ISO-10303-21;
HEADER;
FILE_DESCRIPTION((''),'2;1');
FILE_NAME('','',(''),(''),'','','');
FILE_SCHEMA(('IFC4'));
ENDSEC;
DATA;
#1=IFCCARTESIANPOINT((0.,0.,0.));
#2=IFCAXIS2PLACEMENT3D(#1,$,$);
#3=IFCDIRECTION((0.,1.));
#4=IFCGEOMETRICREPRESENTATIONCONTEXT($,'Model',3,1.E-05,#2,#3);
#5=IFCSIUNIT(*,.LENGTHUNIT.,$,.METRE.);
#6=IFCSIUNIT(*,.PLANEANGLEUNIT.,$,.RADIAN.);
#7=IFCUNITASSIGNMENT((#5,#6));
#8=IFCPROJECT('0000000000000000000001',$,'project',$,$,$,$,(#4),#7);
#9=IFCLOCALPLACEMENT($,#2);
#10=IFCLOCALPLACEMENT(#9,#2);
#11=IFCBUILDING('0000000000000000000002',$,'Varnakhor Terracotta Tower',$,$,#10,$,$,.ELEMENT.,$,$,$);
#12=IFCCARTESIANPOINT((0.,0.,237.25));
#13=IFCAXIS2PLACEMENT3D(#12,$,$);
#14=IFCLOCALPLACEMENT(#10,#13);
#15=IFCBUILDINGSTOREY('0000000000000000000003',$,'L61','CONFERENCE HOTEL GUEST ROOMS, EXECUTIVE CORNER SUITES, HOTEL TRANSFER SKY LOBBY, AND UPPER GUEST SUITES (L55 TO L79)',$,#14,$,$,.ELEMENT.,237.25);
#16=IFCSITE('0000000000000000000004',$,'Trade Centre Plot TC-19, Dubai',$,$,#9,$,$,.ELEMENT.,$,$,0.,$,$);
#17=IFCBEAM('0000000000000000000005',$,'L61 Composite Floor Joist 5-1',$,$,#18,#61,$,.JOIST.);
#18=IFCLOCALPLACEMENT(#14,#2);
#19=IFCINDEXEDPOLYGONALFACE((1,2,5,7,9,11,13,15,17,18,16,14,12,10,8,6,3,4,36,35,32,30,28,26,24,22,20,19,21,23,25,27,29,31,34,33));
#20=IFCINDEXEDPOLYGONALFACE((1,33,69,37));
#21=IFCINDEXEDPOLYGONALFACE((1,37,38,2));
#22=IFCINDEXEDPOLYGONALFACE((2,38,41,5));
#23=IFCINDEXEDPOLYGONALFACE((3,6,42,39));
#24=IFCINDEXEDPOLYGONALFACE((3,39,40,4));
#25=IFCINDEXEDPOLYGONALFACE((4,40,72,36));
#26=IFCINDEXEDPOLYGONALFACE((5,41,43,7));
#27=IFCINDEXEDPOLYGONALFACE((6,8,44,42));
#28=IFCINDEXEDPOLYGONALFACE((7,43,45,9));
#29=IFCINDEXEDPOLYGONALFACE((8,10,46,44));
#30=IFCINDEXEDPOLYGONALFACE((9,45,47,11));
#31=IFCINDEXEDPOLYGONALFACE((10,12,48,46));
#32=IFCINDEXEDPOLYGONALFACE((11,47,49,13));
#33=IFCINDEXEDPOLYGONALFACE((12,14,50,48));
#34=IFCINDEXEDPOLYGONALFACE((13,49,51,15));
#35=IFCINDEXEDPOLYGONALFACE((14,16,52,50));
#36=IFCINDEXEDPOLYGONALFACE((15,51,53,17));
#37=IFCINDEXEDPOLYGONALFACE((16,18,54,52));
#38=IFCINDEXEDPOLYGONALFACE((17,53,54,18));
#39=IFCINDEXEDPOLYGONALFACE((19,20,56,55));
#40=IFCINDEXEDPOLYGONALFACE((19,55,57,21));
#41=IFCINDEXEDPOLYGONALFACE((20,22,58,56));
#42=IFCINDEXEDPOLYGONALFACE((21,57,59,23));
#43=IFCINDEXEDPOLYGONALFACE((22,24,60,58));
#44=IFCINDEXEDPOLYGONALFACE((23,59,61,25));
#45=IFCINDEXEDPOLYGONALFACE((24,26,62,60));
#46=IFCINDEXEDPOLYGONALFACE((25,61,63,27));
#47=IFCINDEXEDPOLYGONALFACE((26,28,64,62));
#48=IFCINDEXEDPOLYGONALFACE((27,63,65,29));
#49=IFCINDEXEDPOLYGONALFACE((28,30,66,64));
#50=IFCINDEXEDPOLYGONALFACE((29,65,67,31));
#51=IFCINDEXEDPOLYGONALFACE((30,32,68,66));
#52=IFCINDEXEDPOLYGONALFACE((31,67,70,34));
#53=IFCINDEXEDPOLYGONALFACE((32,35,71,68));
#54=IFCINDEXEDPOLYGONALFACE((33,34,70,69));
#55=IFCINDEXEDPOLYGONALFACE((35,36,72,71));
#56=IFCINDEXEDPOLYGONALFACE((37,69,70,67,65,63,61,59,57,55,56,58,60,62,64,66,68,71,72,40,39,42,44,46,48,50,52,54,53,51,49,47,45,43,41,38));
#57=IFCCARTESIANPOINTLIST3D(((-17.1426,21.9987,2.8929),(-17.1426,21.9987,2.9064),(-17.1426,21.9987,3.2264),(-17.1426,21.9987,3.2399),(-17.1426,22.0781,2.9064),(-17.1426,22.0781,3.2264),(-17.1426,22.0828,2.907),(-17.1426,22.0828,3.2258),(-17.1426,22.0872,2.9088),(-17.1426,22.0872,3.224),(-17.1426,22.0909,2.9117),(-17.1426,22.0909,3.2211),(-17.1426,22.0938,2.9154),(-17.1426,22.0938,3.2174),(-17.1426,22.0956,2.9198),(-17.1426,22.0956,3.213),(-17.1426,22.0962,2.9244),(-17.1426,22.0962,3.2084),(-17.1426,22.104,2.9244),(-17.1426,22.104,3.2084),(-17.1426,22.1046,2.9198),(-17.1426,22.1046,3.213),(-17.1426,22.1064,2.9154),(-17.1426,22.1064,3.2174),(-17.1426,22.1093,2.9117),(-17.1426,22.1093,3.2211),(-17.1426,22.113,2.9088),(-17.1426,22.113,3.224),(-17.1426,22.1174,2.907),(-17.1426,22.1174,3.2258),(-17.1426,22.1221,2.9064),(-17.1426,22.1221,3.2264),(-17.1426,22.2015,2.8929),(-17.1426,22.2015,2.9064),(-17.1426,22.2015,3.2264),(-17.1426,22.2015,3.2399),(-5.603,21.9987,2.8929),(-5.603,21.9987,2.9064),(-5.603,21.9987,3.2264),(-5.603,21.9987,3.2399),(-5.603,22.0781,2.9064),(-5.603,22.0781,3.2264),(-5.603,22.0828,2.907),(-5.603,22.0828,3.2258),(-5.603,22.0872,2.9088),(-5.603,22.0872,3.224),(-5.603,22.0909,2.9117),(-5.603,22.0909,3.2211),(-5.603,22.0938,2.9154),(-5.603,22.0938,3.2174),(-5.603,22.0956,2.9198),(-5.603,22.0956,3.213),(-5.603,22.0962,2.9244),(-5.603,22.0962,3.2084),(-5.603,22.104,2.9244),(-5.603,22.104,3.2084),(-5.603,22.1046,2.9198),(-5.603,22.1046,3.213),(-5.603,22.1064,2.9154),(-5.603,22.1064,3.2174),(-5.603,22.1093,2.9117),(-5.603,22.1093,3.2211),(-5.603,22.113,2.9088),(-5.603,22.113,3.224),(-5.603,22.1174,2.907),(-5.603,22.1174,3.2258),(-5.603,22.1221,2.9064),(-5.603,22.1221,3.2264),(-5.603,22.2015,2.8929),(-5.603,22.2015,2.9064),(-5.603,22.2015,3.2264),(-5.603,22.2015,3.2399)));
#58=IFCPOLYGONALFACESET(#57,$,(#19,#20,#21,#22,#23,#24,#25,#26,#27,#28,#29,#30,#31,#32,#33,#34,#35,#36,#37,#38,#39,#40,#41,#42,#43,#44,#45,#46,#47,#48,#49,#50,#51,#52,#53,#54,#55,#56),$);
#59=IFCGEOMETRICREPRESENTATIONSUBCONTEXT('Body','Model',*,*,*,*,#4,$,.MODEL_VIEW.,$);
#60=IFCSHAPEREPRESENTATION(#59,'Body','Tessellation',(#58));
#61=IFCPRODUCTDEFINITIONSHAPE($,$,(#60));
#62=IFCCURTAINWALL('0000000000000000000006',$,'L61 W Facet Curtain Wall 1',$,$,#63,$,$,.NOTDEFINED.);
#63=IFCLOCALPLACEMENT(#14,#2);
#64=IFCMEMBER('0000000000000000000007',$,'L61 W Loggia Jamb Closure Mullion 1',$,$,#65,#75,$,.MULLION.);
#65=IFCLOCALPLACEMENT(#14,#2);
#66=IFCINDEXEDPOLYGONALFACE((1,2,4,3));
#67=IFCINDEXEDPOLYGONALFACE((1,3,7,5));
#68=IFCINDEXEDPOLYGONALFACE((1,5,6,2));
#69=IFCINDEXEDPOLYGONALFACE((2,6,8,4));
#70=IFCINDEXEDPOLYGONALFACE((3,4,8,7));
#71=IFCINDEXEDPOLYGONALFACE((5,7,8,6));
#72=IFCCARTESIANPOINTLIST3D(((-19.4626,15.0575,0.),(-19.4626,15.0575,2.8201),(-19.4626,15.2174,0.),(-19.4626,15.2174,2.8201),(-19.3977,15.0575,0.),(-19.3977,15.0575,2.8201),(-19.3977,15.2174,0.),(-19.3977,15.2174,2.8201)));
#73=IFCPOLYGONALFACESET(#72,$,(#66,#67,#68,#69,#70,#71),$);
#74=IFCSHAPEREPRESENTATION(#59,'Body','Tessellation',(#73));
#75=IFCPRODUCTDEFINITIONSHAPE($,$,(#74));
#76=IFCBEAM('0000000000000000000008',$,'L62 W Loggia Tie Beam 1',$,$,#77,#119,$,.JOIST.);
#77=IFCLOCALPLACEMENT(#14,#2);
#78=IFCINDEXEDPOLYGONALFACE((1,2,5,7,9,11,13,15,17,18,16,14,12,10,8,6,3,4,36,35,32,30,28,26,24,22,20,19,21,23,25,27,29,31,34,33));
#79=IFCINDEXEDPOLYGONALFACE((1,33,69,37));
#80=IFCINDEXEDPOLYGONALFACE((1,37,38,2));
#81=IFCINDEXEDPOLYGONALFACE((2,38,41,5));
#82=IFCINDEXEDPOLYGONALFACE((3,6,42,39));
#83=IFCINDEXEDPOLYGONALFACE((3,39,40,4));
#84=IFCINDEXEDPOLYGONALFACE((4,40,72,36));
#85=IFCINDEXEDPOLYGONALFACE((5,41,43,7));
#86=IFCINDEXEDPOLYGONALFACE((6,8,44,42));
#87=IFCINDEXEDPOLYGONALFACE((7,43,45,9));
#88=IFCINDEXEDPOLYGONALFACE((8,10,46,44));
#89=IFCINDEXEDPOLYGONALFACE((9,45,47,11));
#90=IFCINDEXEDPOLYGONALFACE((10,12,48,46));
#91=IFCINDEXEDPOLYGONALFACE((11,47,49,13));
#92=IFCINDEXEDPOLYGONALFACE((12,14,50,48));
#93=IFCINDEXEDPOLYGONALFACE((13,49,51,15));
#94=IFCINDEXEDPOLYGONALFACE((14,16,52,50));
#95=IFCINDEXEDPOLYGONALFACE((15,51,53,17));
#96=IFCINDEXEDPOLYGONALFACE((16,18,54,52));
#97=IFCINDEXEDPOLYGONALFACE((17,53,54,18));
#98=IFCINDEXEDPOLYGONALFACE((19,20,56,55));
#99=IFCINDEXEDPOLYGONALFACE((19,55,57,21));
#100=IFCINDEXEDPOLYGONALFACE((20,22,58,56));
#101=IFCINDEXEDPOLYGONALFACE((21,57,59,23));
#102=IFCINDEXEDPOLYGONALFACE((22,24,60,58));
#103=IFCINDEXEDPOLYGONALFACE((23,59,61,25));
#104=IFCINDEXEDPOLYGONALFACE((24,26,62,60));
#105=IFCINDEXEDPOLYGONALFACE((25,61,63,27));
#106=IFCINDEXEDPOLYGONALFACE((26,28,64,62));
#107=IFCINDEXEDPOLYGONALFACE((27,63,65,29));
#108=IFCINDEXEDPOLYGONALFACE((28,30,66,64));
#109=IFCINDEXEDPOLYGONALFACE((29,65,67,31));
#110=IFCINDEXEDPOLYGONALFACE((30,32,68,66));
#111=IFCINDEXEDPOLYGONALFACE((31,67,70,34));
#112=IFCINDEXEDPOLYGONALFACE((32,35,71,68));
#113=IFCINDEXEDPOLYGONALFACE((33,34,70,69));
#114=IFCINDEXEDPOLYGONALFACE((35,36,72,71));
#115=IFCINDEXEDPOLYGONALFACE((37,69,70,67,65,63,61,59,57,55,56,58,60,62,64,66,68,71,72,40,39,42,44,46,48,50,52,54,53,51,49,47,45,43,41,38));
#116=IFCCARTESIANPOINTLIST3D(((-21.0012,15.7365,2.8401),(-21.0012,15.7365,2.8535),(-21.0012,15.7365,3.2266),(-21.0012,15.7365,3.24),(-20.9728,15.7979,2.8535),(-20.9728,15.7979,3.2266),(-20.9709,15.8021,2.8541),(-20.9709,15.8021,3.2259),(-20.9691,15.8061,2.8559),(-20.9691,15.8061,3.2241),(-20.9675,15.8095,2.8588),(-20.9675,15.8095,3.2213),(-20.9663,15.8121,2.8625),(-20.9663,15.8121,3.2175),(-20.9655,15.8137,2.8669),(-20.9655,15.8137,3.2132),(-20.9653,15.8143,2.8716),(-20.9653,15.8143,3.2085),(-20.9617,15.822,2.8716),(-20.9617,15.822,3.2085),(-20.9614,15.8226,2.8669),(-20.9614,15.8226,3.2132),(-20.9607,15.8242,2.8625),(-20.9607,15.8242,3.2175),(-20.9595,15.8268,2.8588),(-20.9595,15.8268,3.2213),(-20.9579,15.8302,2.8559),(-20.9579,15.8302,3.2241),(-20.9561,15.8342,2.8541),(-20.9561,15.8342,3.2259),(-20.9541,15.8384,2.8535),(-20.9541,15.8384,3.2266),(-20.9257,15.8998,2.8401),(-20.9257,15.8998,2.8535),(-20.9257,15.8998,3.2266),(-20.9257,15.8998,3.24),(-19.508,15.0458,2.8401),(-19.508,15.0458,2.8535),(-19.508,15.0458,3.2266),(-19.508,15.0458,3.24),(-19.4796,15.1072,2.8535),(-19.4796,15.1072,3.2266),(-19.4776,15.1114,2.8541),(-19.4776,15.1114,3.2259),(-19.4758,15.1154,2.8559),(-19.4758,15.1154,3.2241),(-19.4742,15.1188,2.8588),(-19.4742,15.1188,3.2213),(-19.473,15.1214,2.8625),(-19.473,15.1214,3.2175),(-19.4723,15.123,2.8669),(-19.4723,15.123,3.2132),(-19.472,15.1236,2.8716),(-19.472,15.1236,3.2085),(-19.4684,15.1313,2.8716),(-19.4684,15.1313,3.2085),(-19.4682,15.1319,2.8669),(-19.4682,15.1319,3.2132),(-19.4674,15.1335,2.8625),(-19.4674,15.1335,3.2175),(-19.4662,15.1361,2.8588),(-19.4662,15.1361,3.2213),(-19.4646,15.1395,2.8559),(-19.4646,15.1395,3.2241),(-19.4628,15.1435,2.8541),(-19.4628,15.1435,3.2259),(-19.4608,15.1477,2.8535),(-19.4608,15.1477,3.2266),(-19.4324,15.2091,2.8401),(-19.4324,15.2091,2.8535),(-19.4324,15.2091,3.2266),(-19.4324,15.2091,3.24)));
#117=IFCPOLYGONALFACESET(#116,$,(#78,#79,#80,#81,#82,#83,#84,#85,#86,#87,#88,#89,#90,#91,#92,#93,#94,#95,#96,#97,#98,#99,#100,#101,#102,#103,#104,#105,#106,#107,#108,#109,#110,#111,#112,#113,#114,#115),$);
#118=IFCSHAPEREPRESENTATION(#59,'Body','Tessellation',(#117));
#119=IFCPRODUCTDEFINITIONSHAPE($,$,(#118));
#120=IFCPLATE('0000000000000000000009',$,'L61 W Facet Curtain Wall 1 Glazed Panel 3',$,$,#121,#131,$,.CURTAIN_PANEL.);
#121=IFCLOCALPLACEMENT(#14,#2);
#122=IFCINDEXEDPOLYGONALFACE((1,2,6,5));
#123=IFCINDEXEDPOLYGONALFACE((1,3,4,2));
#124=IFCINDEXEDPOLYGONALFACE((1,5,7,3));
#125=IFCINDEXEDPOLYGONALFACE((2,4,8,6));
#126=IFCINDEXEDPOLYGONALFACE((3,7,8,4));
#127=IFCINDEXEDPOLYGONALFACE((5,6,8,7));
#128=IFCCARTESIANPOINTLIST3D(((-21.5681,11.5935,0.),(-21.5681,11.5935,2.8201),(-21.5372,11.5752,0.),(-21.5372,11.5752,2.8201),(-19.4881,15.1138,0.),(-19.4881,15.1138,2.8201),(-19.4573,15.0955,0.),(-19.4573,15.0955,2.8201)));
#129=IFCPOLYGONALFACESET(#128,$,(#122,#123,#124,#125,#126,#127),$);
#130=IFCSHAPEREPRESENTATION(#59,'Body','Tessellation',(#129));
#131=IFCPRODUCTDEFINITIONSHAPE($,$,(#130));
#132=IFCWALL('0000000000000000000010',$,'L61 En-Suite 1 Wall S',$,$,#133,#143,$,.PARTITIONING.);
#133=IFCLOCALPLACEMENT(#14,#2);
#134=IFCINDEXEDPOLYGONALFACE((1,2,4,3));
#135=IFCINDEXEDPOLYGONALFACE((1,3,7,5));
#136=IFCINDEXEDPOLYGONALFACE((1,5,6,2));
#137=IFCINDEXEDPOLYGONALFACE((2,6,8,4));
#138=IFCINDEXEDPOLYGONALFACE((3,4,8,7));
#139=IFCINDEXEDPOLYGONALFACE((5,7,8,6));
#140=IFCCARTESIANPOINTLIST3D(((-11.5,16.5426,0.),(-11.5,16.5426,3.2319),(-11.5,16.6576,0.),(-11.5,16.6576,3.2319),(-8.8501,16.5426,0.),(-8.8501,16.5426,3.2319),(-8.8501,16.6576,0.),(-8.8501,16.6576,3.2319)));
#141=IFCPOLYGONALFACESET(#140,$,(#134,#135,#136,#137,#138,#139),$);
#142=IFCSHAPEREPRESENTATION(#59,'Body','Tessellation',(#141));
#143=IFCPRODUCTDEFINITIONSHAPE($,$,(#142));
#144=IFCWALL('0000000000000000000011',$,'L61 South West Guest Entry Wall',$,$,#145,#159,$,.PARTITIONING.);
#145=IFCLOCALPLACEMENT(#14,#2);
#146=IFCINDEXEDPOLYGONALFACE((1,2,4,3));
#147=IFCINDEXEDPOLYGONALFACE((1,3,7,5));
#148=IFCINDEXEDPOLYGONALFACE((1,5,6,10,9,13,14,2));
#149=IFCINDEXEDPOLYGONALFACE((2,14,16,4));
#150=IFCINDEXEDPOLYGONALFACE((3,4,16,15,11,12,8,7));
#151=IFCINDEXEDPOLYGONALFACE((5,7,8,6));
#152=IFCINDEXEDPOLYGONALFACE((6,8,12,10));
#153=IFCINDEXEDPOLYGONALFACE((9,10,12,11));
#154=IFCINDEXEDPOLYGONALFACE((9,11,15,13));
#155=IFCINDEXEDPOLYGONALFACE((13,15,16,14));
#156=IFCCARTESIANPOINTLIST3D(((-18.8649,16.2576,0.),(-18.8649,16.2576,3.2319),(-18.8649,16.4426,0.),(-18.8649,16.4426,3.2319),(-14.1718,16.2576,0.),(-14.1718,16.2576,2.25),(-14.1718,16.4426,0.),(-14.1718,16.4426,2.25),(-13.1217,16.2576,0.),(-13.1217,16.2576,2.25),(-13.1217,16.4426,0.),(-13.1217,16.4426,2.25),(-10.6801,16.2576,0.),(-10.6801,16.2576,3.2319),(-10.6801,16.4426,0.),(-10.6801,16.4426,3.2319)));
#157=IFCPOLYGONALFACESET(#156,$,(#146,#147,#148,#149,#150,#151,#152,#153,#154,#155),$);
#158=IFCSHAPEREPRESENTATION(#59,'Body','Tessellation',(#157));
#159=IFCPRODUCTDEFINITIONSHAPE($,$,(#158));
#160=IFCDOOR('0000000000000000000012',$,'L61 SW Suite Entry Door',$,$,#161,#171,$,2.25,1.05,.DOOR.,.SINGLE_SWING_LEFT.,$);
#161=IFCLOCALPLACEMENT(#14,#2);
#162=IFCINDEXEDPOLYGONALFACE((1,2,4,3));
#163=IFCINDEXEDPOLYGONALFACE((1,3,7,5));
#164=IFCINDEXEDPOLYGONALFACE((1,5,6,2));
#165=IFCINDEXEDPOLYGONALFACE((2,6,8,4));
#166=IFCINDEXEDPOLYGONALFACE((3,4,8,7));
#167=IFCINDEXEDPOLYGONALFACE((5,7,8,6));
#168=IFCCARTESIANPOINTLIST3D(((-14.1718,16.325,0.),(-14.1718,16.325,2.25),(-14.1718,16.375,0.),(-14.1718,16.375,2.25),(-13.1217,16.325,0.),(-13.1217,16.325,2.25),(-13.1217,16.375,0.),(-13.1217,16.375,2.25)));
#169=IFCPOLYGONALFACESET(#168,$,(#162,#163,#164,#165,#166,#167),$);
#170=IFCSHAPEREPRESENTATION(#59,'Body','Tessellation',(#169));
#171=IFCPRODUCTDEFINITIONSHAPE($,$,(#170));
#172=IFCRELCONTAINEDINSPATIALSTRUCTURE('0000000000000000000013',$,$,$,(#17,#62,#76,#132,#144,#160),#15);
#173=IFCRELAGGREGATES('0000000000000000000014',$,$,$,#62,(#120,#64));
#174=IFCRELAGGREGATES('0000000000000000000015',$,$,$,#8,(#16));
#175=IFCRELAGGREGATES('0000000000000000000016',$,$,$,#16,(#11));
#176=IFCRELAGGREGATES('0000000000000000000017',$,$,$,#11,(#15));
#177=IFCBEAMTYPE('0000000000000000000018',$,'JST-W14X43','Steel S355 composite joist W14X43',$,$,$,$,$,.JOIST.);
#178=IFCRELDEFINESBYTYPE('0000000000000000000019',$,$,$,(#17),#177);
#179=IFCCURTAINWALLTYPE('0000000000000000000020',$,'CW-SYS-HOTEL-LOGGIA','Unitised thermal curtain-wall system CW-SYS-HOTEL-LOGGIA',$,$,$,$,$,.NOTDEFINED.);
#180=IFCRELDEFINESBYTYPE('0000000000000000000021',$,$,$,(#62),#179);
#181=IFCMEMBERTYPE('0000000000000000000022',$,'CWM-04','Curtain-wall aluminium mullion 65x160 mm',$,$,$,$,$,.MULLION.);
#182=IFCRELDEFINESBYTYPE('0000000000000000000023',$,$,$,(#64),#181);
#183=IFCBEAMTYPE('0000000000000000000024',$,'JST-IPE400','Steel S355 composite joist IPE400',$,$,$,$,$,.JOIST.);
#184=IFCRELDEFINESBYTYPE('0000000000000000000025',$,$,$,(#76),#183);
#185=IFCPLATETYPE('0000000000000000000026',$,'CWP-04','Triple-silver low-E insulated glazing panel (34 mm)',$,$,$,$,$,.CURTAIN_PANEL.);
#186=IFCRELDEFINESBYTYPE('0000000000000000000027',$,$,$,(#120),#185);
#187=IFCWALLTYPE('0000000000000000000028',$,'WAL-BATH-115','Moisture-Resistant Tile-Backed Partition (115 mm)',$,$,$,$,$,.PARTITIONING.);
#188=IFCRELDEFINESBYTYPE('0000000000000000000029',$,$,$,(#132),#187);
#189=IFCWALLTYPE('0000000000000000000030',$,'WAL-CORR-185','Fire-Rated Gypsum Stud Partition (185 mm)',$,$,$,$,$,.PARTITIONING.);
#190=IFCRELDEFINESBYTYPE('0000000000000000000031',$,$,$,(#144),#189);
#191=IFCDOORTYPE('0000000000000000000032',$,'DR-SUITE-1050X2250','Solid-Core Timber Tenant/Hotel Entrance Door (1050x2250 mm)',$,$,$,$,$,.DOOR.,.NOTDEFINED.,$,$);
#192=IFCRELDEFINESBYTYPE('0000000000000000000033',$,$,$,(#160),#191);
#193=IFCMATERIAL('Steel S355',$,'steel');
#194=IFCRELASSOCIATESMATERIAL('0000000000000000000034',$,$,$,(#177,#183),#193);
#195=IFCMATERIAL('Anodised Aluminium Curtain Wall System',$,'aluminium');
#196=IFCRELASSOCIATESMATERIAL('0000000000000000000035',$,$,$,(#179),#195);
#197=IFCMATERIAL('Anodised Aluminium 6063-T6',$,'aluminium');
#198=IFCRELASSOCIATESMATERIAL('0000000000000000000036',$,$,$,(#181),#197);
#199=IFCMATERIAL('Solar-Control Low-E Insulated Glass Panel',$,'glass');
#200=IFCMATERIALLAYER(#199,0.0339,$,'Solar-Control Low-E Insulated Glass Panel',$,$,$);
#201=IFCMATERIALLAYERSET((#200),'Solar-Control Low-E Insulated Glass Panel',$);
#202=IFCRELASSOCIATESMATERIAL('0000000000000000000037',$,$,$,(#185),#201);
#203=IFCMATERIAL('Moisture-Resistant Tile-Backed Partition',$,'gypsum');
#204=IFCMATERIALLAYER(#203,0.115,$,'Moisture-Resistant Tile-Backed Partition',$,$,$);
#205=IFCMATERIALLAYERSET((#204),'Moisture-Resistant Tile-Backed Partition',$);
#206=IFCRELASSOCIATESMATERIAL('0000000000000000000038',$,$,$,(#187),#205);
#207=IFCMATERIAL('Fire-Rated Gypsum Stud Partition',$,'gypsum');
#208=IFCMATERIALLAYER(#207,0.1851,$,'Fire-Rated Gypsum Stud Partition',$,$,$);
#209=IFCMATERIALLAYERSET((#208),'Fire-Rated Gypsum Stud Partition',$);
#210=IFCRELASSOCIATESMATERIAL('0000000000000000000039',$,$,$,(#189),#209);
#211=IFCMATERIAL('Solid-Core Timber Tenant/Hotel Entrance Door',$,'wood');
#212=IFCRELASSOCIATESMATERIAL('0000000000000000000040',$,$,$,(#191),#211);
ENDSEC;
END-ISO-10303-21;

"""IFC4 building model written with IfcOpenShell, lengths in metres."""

from ifc_helpers import new_model, si_unit, direction, frame, frame_2d, origin, origin_2d, place, context, subcontext, project, spatial, rectangle, i_section, extrude, source, transform, mapped, material, layer, layer_set, material_profile, profile_set, type_object, type_shapes, element, fill, aggregate, save


model = new_model("IFC4")

# Units and contexts
model_context = context("Model", 3, precision=1e-05, world=origin(), true_north=direction((0.0, 1.0)))
body_context = subcontext(model_context, "Body", "Model", "MODEL_VIEW")
ifc_project = project(units=[si_unit("LENGTHUNIT", "METRE"), si_unit("PLANEANGLEUNIT", "RADIAN")], contexts=[model_context])

# Site, building, storey
site_placement = place(None, origin())
site = spatial("IfcSite", under=ifc_project, at=site_placement, Name="Trade Centre Plot TC-19, Dubai", CompositionType="ELEMENT", RefElevation=0.0)
building_placement = place(site_placement, origin())
building = spatial("IfcBuilding", under=site, at=building_placement, Name="Varnakhor Terracotta Tower", CompositionType="ELEMENT")
storey_placement = place(building_placement, frame((0.0, 0.0, 237.25)))
storey = spatial("IfcBuildingStorey", under=building, at=storey_placement, Name="L61", Description="CONFERENCE HOTEL GUEST ROOMS, EXECUTIVE CORNER SUITES, HOTEL TRANSFER SKY LOBBY, AND UPPER GUEST SUITES (L55 TO L79)", CompositionType="ELEMENT", Elevation=237.25)

# Beam
ifc_material_1 = material(Name="Steel S355", Category="steel")
ifc_material_profile_1 = material_profile(ifc_material_1, i_section(OverallWidth=0.2029, OverallDepth=0.3469, WebThickness=0.0078, FlangeThickness=0.0134, FilletRadius=0.0181, at=origin_2d()), Name="W14X43")
ifc_profile_set_1 = profile_set([ifc_material_profile_1], Name="Steel S355")
beam_type_1 = type_object("IfcBeamType", Name="JST-W14X43", Description="Steel S355 composite joist W14X43", PredefinedType="JOIST", material=ifc_profile_set_1)
shared_shape_1 = source(origin(), body_context, "Body", "SweptSolid", [
    extrude(i_section(OverallWidth=0.2029, OverallDepth=0.3469, WebThickness=0.0078, FlangeThickness=0.0134, FilletRadius=0.0181, at=origin_2d()), origin(), (0.0, 0.0, 1.0), 11.5396),
])
beam_1_placement = place(storey_placement, frame((-17.1426, 22.1001, 3.0664), z_axis=(1.0, 0.0, 0.0), x_axis=(0.0, 1.0, 0.0)))
element("IfcBeam", 1, at=beam_1_placement, inside=storey, type_object=beam_type_1, Name="L61 Composite Floor Joist 5-1", PredefinedType="JOIST", context=body_context, shape_type="MappedRepresentation", body=[
    mapped(shared_shape_1, transform((0.0, 0.0, 0.0), scale=1.0)),
])

# Curtain wall, member
ifc_material_2 = material(Name="Anodised Aluminium Curtain Wall System", Category="aluminium")
curtain_wall_type = type_object("IfcCurtainWallType", Name="CW-SYS-HOTEL-LOGGIA", Description="Unitised thermal curtain-wall system CW-SYS-HOTEL-LOGGIA", PredefinedType="NOTDEFINED", material=ifc_material_2)
curtain_wall_placement = place(storey_placement, origin())
curtain_wall = element("IfcCurtainWall", 2, at=curtain_wall_placement, inside=storey, type_object=curtain_wall_type, Name="L61 W Facet Curtain Wall 1", PredefinedType="NOTDEFINED")
ifc_material_3 = material(Name="Anodised Aluminium 6063-T6", Category="aluminium")
ifc_material_profile_2 = material_profile(ifc_material_3, rectangle(XDim=0.0649, YDim=0.1599, at=origin_2d()), Name="ALU MULLION 65x160")
ifc_profile_set_2 = profile_set([ifc_material_profile_2], Name="Anodised Aluminium 6063-T6")
member_type = type_object("IfcMemberType", Name="CWM-04", Description="Curtain-wall aluminium mullion 65x160 mm", PredefinedType="MULLION", material=ifc_profile_set_2)
shared_shape_2 = source(origin(), body_context, "Body", "SweptSolid", [
    extrude(rectangle(XDim=0.0649, YDim=0.1599, at=origin_2d()), origin(), (0.0, 0.0, 1.0), 2.8201),
])
type_shapes(member_type, [shared_shape_2])
member_placement = place(storey_placement, frame((-19.4302, 15.1375, 0.0), z_axis=(0.0, 0.0, 1.0), x_axis=(1.0, 0.0, 0.0)))
member = element("IfcMember", 3, at=member_placement, type_object=member_type, Name="L61 W Loggia Jamb Closure Mullion 1", PredefinedType="MULLION", context=body_context, shape_type="MappedRepresentation", body=[
    mapped(shared_shape_2, transform((0.0, 0.0, 0.0), scale=1.0)),
])

# Beam
ifc_material_profile_3 = material_profile(ifc_material_1, i_section(OverallWidth=0.1799, OverallDepth=0.3999, WebThickness=0.0085, FlangeThickness=0.0134, FilletRadius=0.0181, at=origin_2d()), Name="IPE400")
ifc_profile_set_3 = profile_set([ifc_material_profile_3], Name="Steel S355")
beam_type_2 = type_object("IfcBeamType", Name="JST-IPE400", Description="Steel S355 composite joist IPE400", PredefinedType="JOIST", material=ifc_profile_set_3)
shared_shape_3 = source(origin(), body_context, "Body", "SweptSolid", [
    extrude(i_section(OverallWidth=0.1799, OverallDepth=0.3999, WebThickness=0.0085, FlangeThickness=0.0134, FilletRadius=0.0181, at=origin_2d()), origin(), (0.0, 0.0, 1.0), 1.6453),
])
beam_2_placement = place(storey_placement, frame((-19.4702, 15.1274, 3.04), z_axis=(-0.907607, 0.41982, 0.0), x_axis=(-0.41982, -0.907607, 0.0)))
element("IfcBeam", 4, at=beam_2_placement, inside=storey, type_object=beam_type_2, Name="L62 W Loggia Tie Beam 1", PredefinedType="JOIST", context=body_context, shape_type="MappedRepresentation", body=[
    mapped(shared_shape_3, transform((0.0, 0.0, 0.0), scale=1.0)),
])

# Plate
ifc_material_4 = material(Name="Solar-Control Low-E Insulated Glass Panel", Category="glass")
ifc_layer_1 = layer(ifc_material_4, 0.0339, Name="Solar-Control Low-E Insulated Glass Panel")
ifc_layer_set_1 = layer_set([ifc_layer_1], Name="Solar-Control Low-E Insulated Glass Panel")
plate_type = type_object("IfcPlateType", Name="CWP-04", Description="Triple-silver low-E insulated glazing panel (34 mm)", PredefinedType="CURTAIN_PANEL", material=ifc_layer_set_1)
shared_shape_4 = source(origin(), body_context, "Body", "SweptSolid", [
    extrude(rectangle(XDim=4.0889, YDim=0.0359, at=origin_2d()), origin(), (0.0, 0.0, 1.0), 2.8201),
])
plate_placement = place(storey_placement, frame((-20.5127, 13.3445, 0.0), z_axis=(0.0, 0.0, 1.0), x_axis=(0.508696, 0.860946, 0.0)))
plate = element("IfcPlate", 5, at=plate_placement, type_object=plate_type, Name="L61 W Facet Curtain Wall 1 Glazed Panel 3", PredefinedType="CURTAIN_PANEL", context=body_context, shape_type="MappedRepresentation", body=[
    mapped(shared_shape_4, transform((0.0, 0.0, 0.0), scale=1.0)),
])
aggregate(curtain_wall, [plate, member])

# Wall
ifc_material_5 = material(Name="Moisture-Resistant Tile-Backed Partition", Category="gypsum")
ifc_layer_2 = layer(ifc_material_5, 0.115, Name="Moisture-Resistant Tile-Backed Partition")
ifc_layer_set_2 = layer_set([ifc_layer_2], Name="Moisture-Resistant Tile-Backed Partition")
wall_type_1 = type_object("IfcWallType", Name="WAL-BATH-115", Description="Moisture-Resistant Tile-Backed Partition (115 mm)", PredefinedType="PARTITIONING", material=ifc_layer_set_2)
wall_1_placement = place(storey_placement, frame((-11.5, 16.6001, 0.0), z_axis=(0.0, 0.0, 1.0), x_axis=(1.0, 0.0, 0.0)))
element("IfcWall", 6, at=wall_1_placement, inside=storey, type_object=wall_type_1, Name="L61 En-Suite 1 Wall S", PredefinedType="PARTITIONING", context=body_context, shape_type="SweptSolid", body=[
    extrude(rectangle(XDim=2.6499, YDim=0.115, at=frame_2d((1.325, 0.0))), origin(), (0.0, 0.0, 1.0), 3.2319),
])

# Wall, opening, door
ifc_material_6 = material(Name="Fire-Rated Gypsum Stud Partition", Category="gypsum")
ifc_layer_3 = layer(ifc_material_6, 0.1851, Name="Fire-Rated Gypsum Stud Partition")
ifc_layer_set_3 = layer_set([ifc_layer_3], Name="Fire-Rated Gypsum Stud Partition")
wall_type_2 = type_object("IfcWallType", Name="WAL-CORR-185", Description="Fire-Rated Gypsum Stud Partition (185 mm)", PredefinedType="PARTITIONING", material=ifc_layer_set_3)
wall_2_placement = place(storey_placement, frame((-18.8647, 16.3501, 0.0), z_axis=(0.0, 0.0, 1.0), x_axis=(1.0, 0.0, 0.0)))
wall_2 = element("IfcWall", 7, at=wall_2_placement, inside=storey, type_object=wall_type_2, Name="L61 South West Guest Entry Wall", PredefinedType="PARTITIONING", context=body_context, shape_type="SweptSolid", body=[
    extrude(rectangle(XDim=8.1848, YDim=0.1851, at=frame_2d((4.0923, 0.0))), origin(), (0.0, 0.0, 1.0), 3.2319),
])
opening_1_placement = place(wall_2_placement, frame((4.6931, 0.0, 0.0)))
opening_1 = element("IfcOpeningElement", 8, at=opening_1_placement, cuts=wall_2, PredefinedType="OPENING", context=body_context, shape_type="SweptSolid", body=[
    extrude(rectangle(XDim=1.05, YDim=2.25, at=frame_2d((0.5249, 1.125))), frame((0.0, 0.1025, 0.0), z_axis=(0.0, -1.0, 0.0), x_axis=(1.0, 0.0, 0.0)), (0.0, 0.0, 1.0), 0.2051),
])
ifc_material_7 = material(Name="Solid-Core Timber Tenant/Hotel Entrance Door", Category="wood")
door_type_1 = type_object("IfcDoorType", Name="DR-SUITE-1050X2250", Description="Solid-Core Timber Tenant/Hotel Entrance Door (1050x2250 mm)", OperationType="NOTDEFINED", PredefinedType="DOOR", material=ifc_material_7)
shared_shape_5 = source(origin(), body_context, "Body", "SweptSolid", [
    extrude(rectangle(XDim=1.05, YDim=2.25, at=frame_2d((0.5249, 1.125))), frame((0.0, 0.0249, 0.0), z_axis=(0.0, -1.0, 0.0), x_axis=(1.0, 0.0, 0.0)), (0.0, 0.0, 1.0), 0.05),
])
type_shapes(door_type_1, [shared_shape_5])
door_1_placement = place(opening_1_placement, origin())
door_1 = element("IfcDoor", 9, at=door_1_placement, inside=storey, type_object=door_type_1, Name="L61 SW Suite Entry Door", OperationType="SINGLE_SWING_LEFT", OverallHeight=2.25, OverallWidth=1.05, PredefinedType="DOOR", context=body_context, shape_type="MappedRepresentation", body=[
    mapped(shared_shape_5, transform((0.0, 0.0, 0.0), scale=1.0)),
])
fill(opening_1, door_1)

save(model, "model.ifc")
